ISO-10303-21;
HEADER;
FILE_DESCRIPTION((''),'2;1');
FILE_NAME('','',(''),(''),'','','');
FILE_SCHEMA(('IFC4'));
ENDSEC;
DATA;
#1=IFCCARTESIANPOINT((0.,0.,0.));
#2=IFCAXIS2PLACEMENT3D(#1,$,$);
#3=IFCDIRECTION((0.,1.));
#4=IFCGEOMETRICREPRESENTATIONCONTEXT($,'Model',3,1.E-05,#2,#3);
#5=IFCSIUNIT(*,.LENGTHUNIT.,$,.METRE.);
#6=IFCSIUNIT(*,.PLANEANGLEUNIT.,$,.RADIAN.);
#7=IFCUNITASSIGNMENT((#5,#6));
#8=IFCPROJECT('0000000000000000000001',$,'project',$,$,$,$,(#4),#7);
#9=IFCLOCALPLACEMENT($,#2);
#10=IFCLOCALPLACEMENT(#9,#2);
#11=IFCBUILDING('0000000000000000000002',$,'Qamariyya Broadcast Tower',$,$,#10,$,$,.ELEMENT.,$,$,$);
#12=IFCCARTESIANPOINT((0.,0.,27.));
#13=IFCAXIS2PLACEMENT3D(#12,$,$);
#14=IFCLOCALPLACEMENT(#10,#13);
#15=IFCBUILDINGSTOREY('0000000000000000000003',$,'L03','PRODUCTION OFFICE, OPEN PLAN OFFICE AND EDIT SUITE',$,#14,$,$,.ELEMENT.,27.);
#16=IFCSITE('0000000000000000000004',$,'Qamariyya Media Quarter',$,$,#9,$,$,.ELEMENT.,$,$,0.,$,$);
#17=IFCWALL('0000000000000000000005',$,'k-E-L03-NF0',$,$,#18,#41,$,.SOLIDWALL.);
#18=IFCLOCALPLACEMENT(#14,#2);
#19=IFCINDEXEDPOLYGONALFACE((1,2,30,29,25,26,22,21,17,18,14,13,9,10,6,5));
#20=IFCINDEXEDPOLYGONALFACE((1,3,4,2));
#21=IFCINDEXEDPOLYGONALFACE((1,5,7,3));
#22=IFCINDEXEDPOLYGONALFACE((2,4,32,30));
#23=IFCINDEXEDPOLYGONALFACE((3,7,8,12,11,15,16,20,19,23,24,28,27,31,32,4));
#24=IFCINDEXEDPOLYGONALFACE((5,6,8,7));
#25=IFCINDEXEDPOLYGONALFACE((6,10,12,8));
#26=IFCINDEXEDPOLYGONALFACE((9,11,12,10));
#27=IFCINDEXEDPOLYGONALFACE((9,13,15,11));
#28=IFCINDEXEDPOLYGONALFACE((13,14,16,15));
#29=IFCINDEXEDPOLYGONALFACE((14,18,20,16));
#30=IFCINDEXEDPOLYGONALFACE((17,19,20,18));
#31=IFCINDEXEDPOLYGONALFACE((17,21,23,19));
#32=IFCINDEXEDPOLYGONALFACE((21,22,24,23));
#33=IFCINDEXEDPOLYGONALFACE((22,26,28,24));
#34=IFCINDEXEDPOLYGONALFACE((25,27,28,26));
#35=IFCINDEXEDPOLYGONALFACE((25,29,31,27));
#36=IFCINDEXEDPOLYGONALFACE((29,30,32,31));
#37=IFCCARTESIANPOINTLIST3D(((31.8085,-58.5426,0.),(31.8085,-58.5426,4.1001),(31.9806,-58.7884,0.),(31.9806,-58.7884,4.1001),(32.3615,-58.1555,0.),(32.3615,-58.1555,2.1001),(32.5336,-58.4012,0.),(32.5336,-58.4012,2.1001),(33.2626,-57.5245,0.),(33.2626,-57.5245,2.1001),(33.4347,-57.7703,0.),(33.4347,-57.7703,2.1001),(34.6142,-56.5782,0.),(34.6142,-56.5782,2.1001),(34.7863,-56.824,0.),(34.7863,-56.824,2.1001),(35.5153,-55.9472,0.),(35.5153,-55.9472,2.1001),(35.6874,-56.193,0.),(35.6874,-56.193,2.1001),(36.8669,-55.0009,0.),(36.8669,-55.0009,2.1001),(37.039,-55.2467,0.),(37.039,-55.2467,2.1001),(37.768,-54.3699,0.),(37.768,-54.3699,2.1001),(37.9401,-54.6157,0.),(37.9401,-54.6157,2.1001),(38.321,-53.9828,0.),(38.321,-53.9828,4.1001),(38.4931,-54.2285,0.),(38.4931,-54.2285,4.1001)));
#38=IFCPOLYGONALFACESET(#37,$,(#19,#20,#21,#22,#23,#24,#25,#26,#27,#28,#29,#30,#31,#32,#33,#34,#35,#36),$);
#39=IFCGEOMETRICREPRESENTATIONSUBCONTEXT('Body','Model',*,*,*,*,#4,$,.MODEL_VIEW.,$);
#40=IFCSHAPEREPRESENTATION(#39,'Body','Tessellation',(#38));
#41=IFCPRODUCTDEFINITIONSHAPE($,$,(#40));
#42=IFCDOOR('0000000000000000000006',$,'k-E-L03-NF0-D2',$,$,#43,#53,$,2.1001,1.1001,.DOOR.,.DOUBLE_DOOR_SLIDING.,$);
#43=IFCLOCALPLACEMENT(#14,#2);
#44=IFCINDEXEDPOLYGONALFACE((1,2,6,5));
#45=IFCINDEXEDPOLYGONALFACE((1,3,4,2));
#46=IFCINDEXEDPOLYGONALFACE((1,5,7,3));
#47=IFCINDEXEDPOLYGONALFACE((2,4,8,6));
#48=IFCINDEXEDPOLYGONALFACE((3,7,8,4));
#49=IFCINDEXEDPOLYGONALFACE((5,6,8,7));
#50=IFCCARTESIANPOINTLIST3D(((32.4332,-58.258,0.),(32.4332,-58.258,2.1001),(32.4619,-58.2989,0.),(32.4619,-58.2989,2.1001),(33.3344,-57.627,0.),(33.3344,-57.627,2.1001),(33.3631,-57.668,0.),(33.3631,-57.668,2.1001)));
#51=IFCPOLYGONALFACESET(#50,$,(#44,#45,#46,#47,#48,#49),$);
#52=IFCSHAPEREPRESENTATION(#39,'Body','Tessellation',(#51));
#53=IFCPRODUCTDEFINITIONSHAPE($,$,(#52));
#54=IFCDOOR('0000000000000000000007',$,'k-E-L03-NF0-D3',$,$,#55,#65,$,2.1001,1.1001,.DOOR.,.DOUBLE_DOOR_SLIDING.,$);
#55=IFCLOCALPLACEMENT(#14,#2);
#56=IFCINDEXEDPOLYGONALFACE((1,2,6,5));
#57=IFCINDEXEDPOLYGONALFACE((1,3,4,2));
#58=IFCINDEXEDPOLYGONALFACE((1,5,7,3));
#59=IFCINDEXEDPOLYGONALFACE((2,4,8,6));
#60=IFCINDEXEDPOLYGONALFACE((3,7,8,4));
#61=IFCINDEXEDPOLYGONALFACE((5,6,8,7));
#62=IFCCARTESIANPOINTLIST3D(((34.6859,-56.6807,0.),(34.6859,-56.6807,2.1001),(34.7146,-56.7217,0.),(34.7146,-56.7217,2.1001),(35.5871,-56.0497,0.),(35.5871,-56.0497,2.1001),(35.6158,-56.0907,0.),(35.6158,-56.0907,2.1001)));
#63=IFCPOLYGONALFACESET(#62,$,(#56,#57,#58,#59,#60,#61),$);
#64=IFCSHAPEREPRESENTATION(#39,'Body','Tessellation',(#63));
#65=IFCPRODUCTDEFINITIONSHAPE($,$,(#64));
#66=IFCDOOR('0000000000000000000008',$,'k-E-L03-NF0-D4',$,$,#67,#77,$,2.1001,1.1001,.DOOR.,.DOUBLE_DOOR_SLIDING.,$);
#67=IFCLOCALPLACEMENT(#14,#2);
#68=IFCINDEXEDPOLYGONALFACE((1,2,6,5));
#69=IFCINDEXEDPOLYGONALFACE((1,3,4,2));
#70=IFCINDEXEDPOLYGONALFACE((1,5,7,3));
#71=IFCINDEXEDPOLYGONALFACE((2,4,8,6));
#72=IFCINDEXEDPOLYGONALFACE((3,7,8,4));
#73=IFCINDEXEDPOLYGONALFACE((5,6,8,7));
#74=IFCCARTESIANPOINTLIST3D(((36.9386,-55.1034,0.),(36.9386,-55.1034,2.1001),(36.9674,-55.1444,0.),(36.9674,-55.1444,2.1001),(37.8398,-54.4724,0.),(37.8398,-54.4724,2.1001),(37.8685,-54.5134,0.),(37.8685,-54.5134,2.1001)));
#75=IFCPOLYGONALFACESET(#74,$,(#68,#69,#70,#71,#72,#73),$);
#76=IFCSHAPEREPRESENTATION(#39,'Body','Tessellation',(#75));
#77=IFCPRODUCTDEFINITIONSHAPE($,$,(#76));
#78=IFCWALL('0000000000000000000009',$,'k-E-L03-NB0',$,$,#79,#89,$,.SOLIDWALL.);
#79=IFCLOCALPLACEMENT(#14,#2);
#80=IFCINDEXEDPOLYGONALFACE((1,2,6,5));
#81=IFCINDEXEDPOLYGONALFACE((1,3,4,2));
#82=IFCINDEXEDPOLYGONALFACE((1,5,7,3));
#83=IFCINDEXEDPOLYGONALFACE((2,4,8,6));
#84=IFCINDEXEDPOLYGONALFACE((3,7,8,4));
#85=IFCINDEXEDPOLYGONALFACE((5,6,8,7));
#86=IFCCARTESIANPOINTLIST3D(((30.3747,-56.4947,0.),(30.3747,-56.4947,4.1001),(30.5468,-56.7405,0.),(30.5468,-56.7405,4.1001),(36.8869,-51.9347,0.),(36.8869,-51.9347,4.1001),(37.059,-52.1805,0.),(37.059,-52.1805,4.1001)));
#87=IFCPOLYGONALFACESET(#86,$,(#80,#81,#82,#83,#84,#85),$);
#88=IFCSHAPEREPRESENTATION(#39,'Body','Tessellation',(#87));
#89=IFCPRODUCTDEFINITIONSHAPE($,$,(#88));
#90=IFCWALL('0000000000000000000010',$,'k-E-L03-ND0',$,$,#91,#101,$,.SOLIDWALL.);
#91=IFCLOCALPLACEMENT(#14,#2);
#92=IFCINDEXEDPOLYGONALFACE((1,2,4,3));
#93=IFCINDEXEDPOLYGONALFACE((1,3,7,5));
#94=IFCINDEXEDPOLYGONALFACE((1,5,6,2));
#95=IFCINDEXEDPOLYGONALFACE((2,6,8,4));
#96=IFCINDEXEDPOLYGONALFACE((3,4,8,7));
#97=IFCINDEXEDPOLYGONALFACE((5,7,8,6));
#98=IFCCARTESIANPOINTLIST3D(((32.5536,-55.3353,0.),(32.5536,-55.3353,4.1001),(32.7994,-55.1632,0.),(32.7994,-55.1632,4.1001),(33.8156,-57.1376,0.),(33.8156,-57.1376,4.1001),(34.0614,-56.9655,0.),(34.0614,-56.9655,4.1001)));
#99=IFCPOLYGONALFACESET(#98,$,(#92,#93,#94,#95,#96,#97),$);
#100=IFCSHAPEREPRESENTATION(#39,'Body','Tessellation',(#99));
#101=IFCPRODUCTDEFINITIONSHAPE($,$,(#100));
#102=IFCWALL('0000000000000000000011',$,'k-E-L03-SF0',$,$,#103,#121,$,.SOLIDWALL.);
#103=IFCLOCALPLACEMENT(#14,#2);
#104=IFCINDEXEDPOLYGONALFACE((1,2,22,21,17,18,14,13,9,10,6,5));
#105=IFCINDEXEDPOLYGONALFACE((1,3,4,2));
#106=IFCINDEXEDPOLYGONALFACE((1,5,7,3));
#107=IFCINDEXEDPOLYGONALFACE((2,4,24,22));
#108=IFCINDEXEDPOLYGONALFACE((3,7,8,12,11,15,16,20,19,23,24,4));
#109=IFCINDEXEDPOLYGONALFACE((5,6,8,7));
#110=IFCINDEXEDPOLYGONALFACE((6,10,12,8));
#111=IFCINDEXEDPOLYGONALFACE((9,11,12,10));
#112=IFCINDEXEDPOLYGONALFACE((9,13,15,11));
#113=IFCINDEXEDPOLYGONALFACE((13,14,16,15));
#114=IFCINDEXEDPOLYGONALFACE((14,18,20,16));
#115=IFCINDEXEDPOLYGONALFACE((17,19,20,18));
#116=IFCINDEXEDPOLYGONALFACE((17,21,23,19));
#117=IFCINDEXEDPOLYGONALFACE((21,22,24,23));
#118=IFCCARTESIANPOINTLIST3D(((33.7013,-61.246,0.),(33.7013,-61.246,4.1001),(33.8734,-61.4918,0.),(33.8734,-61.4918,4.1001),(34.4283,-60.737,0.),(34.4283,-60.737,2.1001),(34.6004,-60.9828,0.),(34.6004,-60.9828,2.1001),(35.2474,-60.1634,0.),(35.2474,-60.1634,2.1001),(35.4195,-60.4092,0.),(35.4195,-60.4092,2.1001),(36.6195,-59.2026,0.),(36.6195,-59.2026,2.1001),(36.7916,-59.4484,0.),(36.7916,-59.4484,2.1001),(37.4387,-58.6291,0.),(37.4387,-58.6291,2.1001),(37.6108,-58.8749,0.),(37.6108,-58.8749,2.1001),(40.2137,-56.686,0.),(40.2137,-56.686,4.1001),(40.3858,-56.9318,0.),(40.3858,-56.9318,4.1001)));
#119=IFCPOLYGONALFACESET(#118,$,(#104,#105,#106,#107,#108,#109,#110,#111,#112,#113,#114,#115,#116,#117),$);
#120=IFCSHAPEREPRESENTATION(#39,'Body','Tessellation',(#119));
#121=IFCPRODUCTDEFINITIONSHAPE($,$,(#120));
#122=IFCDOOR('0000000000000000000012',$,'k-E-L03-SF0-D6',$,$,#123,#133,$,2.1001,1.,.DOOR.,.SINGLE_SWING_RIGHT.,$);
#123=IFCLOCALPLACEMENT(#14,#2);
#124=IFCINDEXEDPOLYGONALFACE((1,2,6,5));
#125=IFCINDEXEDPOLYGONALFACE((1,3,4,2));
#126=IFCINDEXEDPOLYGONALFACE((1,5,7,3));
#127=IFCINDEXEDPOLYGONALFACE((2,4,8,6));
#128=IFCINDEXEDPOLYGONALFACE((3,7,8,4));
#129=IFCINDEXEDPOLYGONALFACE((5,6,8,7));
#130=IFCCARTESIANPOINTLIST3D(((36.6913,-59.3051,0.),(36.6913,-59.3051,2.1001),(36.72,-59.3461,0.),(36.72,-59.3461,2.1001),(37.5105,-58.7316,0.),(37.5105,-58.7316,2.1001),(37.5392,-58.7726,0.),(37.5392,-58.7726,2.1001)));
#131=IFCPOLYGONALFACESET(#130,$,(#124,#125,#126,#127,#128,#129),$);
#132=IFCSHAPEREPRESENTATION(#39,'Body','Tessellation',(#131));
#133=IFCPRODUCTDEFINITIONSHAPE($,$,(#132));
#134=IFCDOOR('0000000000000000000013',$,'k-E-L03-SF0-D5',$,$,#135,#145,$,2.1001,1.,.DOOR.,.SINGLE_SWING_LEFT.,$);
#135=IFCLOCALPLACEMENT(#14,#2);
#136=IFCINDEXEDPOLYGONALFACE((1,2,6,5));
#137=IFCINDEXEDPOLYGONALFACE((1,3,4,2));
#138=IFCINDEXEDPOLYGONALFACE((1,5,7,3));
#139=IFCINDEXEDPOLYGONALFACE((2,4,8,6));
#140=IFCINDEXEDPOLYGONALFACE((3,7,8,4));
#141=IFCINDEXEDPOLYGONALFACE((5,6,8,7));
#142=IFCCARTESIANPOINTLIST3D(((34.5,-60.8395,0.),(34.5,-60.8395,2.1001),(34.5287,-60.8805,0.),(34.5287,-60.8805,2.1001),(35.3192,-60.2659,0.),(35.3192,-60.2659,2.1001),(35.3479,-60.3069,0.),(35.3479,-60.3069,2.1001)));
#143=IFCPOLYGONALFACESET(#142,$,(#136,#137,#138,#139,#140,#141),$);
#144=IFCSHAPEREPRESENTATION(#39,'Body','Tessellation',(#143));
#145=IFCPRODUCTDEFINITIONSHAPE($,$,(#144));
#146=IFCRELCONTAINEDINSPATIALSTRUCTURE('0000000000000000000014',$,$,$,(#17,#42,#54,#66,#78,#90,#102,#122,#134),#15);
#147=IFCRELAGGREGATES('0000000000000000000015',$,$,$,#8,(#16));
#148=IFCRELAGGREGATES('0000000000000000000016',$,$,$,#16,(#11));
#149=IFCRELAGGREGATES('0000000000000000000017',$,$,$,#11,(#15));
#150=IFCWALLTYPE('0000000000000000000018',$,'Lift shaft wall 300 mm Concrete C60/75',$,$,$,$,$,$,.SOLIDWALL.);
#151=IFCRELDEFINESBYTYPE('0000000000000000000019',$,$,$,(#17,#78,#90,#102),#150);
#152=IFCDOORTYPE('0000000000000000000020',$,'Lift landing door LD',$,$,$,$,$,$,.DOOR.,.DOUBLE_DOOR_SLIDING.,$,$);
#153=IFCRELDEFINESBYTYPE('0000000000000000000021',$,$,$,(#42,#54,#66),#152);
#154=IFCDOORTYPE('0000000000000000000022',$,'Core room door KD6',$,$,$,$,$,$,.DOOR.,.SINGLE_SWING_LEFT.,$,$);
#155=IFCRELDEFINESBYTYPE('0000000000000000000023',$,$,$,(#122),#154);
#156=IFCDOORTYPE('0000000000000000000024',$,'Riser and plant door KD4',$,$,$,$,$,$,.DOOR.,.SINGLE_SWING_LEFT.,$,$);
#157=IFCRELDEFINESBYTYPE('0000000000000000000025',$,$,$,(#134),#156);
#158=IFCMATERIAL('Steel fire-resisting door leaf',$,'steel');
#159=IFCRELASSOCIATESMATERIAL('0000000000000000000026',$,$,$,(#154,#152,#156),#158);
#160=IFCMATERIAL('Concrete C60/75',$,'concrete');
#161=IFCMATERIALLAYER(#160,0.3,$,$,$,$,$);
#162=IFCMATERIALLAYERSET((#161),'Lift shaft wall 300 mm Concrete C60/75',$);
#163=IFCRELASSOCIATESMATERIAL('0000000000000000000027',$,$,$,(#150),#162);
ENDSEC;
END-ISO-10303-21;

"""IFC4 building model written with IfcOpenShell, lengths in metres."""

from ifc_helpers import new_model, si_unit, direction, frame, frame_2d, origin, place, context, subcontext, project, spatial, rectangle, extrude, material, layer, layer_set, type_object, element, fill, save


model = new_model("IFC4")

# Units and contexts
model_context = context("Model", 3, precision=1e-05, world=origin(), true_north=direction((0.0, 1.0)))
body_context = subcontext(model_context, "Body", "Model", "MODEL_VIEW")
ifc_project = project(units=[si_unit("LENGTHUNIT", "METRE"), si_unit("PLANEANGLEUNIT", "RADIAN")], contexts=[model_context])

# Site, building, storey
site_placement = place(None, origin())
site = spatial("IfcSite", under=ifc_project, at=site_placement, Name="Qamariyya Media Quarter", CompositionType="ELEMENT", RefElevation=0.0)
building_placement = place(site_placement, origin())
building = spatial("IfcBuilding", under=site, at=building_placement, Name="Qamariyya Broadcast Tower", CompositionType="ELEMENT")
storey_placement = place(building_placement, frame((0.0, 0.0, 27.0)))
storey = spatial("IfcBuildingStorey", under=building, at=storey_placement, Name="L03", Description="PRODUCTION OFFICE, OPEN PLAN OFFICE AND EDIT SUITE", CompositionType="ELEMENT", Elevation=27.0)

# Shared definitions
ifc_material_1 = material(Name="Steel fire-resisting door leaf", Category="steel")
door_type_1 = type_object("IfcDoorType", Name="Core room door KD6", OperationType="SINGLE_SWING_LEFT", PredefinedType="DOOR", material=ifc_material_1)

# Wall, openings, doors
ifc_material_2 = material(Name="Concrete C60/75", Category="concrete")
ifc_layer_1 = layer(ifc_material_2, 0.3)
ifc_layer_set_1 = layer_set([ifc_layer_1], Name="Lift shaft wall 300 mm Concrete C60/75")
wall_type_1 = type_object("IfcWallType", Name="Lift shaft wall 300 mm Concrete C60/75", PredefinedType="SOLIDWALL", material=ifc_layer_set_1)
wall_1_placement = place(storey_placement, frame((31.8945, -58.6655, 0.0), z_axis=(0.0, 0.0, 1.0), x_axis=(0.819167, 0.573555, 0.0)))
wall_1 = element("IfcWall", 1, at=wall_1_placement, inside=storey, type_object=wall_type_1, Name="k-E-L03-NF0", PredefinedType="SOLIDWALL", context=body_context, shape_type="SweptSolid", body=[
    extrude(rectangle(XDim=7.9502, YDim=0.3, at=frame_2d((3.9751, 0.0))), origin(), (0.0, 0.0, 1.0), 4.1001),
])
opening_1_placement = place(wall_1_placement, frame((0.675, 0.0, 0.0)))
opening_1 = element("IfcOpeningElement", 2, at=opening_1_placement, cuts=wall_1, PredefinedType="OPENING", context=body_context, shape_type="SweptSolid", body=[
    extrude(rectangle(XDim=1.1001, YDim=2.1001, at=frame_2d((0.55, 1.05))), frame((0.0, 0.1599, 0.0), z_axis=(0.0, -1.0, 0.0), x_axis=(1.0, 0.0, 0.0)), (0.0, 0.0, 1.0), 0.3201),
])
opening_2_placement = place(wall_1_placement, frame((3.425, 0.0, 0.0)))
opening_2 = element("IfcOpeningElement", 3, at=opening_2_placement, cuts=wall_1, PredefinedType="OPENING", context=body_context, shape_type="SweptSolid", body=[
    extrude(rectangle(XDim=1.1001, YDim=2.1001, at=frame_2d((0.55, 1.05))), frame((0.0, 0.1599, 0.0), z_axis=(0.0, -1.0, 0.0), x_axis=(1.0, 0.0, 0.0)), (0.0, 0.0, 1.0), 0.3201),
])
opening_3_placement = place(wall_1_placement, frame((6.175, 0.0, 0.0)))
opening_3 = element("IfcOpeningElement", 4, at=opening_3_placement, cuts=wall_1, PredefinedType="OPENING", context=body_context, shape_type="SweptSolid", body=[
    extrude(rectangle(XDim=1.1001, YDim=2.1001, at=frame_2d((0.55, 1.05))), frame((0.0, 0.1599, 0.0), z_axis=(0.0, -1.0, 0.0), x_axis=(1.0, 0.0, 0.0)), (0.0, 0.0, 1.0), 0.3201),
])
door_type_2 = type_object("IfcDoorType", Name="Lift landing door LD", OperationType="DOUBLE_DOOR_SLIDING", PredefinedType="DOOR", material=ifc_material_1)
door_1_placement = place(opening_1_placement, origin())
door_1 = element("IfcDoor", 5, at=door_1_placement, inside=storey, type_object=door_type_2, Name="k-E-L03-NF0-D2", OperationType="DOUBLE_DOOR_SLIDING", OverallHeight=2.1001, OverallWidth=1.1001, PredefinedType="DOOR", context=body_context, shape_type="SweptSolid", body=[
    extrude(rectangle(XDim=1.1001, YDim=2.1001, at=frame_2d((0.55, 1.05))), frame((0.0, 0.0249, 0.0), z_axis=(0.0, -1.0, 0.0), x_axis=(1.0, 0.0, 0.0)), (0.0, 0.0, 1.0), 0.05),
])
fill(opening_1, door_1)
door_2_placement = place(opening_2_placement, origin())
door_2 = element("IfcDoor", 6, at=door_2_placement, inside=storey, type_object=door_type_2, Name="k-E-L03-NF0-D3", OperationType="DOUBLE_DOOR_SLIDING", OverallHeight=2.1001, OverallWidth=1.1001, PredefinedType="DOOR", context=body_context, shape_type="SweptSolid", body=[
    extrude(rectangle(XDim=1.1001, YDim=2.1001, at=frame_2d((0.55, 1.05))), frame((0.0, 0.0249, 0.0), z_axis=(0.0, -1.0, 0.0), x_axis=(1.0, 0.0, 0.0)), (0.0, 0.0, 1.0), 0.05),
])
fill(opening_2, door_2)
door_3_placement = place(opening_3_placement, origin())
door_3 = element("IfcDoor", 7, at=door_3_placement, inside=storey, type_object=door_type_2, Name="k-E-L03-NF0-D4", OperationType="DOUBLE_DOOR_SLIDING", OverallHeight=2.1001, OverallWidth=1.1001, PredefinedType="DOOR", context=body_context, shape_type="SweptSolid", body=[
    extrude(rectangle(XDim=1.1001, YDim=2.1001, at=frame_2d((0.55, 1.05))), frame((0.0, 0.0249, 0.0), z_axis=(0.0, -1.0, 0.0), x_axis=(1.0, 0.0, 0.0)), (0.0, 0.0, 1.0), 0.05),
])
fill(opening_3, door_3)

# Walls
wall_2_placement = place(storey_placement, frame((30.4607, -56.6177, 0.0), z_axis=(0.0, 0.0, 1.0), x_axis=(0.819142, 0.57359, 0.0)))
element("IfcWall", 8, at=wall_2_placement, inside=storey, type_object=wall_type_1, Name="k-E-L03-NB0", PredefinedType="SOLIDWALL", context=body_context, shape_type="SweptSolid", body=[
    extrude(rectangle(XDim=7.95, YDim=0.3, at=frame_2d((3.9751, 0.0))), origin(), (0.0, 0.0, 1.0), 4.1001),
])
wall_3_placement = place(storey_placement, frame((33.9385, -57.0515, 0.0), z_axis=(0.0, 0.0, 1.0), x_axis=(-0.573581, 0.819149, 0.0)))
element("IfcWall", 9, at=wall_3_placement, inside=storey, type_object=wall_type_1, Name="k-E-L03-ND0", PredefinedType="SOLIDWALL", context=body_context, shape_type="SweptSolid", body=[
    extrude(rectangle(XDim=2.2002, YDim=0.3, at=frame_2d((1.1001, 0.0))), origin(), (0.0, 0.0, 1.0), 4.1001),
])

# Wall, openings, doors
wall_4_placement = place(storey_placement, frame((33.7874, -61.3689, 0.0), z_axis=(0.0, 0.0, 1.0), x_axis=(0.819153, 0.573576, 0.0)))
wall_4 = element("IfcWall", 10, at=wall_4_placement, inside=storey, type_object=wall_type_1, Name="k-E-L03-SF0", PredefinedType="SOLIDWALL", context=body_context, shape_type="SweptSolid", body=[
    extrude(rectangle(XDim=7.9502, YDim=0.3, at=frame_2d((3.9751, 0.0))), origin(), (0.0, 0.0, 1.0), 4.1001),
])
opening_4_placement = place(wall_4_placement, frame((0.8875, 0.0, 0.0)))
opening_4 = element("IfcOpeningElement", 11, at=opening_4_placement, cuts=wall_4, PredefinedType="OPENING", context=body_context, shape_type="SweptSolid", body=[
    extrude(rectangle(XDim=1.0, YDim=2.1001, at=frame_2d((0.5, 1.05))), frame((0.0, 0.1599, 0.0), z_axis=(0.0, -1.0, 0.0), x_axis=(1.0, 0.0, 0.0)), (0.0, 0.0, 1.0), 0.3201),
])
opening_5_placement = place(wall_4_placement, frame((3.5625, 0.0, 0.0)))
opening_5 = element("IfcOpeningElement", 12, at=opening_5_placement, cuts=wall_4, PredefinedType="OPENING", context=body_context, shape_type="SweptSolid", body=[
    extrude(rectangle(XDim=1.0, YDim=2.1001, at=frame_2d((0.5, 1.05))), frame((0.0, 0.1599, 0.0), z_axis=(0.0, -1.0, 0.0), x_axis=(1.0, 0.0, 0.0)), (0.0, 0.0, 1.0), 0.3201),
])
door_4_placement = place(opening_5_placement, origin())
door_4 = element("IfcDoor", 13, at=door_4_placement, inside=storey, type_object=door_type_1, Name="k-E-L03-SF0-D6", OperationType="SINGLE_SWING_RIGHT", OverallHeight=2.1001, OverallWidth=1.0, PredefinedType="DOOR", context=body_context, shape_type="SweptSolid", body=[
    extrude(rectangle(XDim=1.0, YDim=2.1001, at=frame_2d((0.5, 1.05))), frame((0.0, 0.0249, 0.0), z_axis=(0.0, -1.0, 0.0), x_axis=(1.0, 0.0, 0.0)), (0.0, 0.0, 1.0), 0.05),
])
fill(opening_5, door_4)
door_type_3 = type_object("IfcDoorType", Name="Riser and plant door KD4", OperationType="SINGLE_SWING_LEFT", PredefinedType="DOOR", material=ifc_material_1)
door_5_placement = place(opening_4_placement, origin())
door_5 = element("IfcDoor", 14, at=door_5_placement, inside=storey, type_object=door_type_3, Name="k-E-L03-SF0-D5", OperationType="SINGLE_SWING_LEFT", OverallHeight=2.1001, OverallWidth=1.0, PredefinedType="DOOR", context=body_context, shape_type="SweptSolid", body=[
    extrude(rectangle(XDim=1.0, YDim=2.1001, at=frame_2d((0.5, 1.05))), frame((0.0, 0.0249, 0.0), z_axis=(0.0, -1.0, 0.0), x_axis=(1.0, 0.0, 0.0)), (0.0, 0.0, 1.0), 0.05),
])
fill(opening_4, door_5)

save(model, "model.ifc")
